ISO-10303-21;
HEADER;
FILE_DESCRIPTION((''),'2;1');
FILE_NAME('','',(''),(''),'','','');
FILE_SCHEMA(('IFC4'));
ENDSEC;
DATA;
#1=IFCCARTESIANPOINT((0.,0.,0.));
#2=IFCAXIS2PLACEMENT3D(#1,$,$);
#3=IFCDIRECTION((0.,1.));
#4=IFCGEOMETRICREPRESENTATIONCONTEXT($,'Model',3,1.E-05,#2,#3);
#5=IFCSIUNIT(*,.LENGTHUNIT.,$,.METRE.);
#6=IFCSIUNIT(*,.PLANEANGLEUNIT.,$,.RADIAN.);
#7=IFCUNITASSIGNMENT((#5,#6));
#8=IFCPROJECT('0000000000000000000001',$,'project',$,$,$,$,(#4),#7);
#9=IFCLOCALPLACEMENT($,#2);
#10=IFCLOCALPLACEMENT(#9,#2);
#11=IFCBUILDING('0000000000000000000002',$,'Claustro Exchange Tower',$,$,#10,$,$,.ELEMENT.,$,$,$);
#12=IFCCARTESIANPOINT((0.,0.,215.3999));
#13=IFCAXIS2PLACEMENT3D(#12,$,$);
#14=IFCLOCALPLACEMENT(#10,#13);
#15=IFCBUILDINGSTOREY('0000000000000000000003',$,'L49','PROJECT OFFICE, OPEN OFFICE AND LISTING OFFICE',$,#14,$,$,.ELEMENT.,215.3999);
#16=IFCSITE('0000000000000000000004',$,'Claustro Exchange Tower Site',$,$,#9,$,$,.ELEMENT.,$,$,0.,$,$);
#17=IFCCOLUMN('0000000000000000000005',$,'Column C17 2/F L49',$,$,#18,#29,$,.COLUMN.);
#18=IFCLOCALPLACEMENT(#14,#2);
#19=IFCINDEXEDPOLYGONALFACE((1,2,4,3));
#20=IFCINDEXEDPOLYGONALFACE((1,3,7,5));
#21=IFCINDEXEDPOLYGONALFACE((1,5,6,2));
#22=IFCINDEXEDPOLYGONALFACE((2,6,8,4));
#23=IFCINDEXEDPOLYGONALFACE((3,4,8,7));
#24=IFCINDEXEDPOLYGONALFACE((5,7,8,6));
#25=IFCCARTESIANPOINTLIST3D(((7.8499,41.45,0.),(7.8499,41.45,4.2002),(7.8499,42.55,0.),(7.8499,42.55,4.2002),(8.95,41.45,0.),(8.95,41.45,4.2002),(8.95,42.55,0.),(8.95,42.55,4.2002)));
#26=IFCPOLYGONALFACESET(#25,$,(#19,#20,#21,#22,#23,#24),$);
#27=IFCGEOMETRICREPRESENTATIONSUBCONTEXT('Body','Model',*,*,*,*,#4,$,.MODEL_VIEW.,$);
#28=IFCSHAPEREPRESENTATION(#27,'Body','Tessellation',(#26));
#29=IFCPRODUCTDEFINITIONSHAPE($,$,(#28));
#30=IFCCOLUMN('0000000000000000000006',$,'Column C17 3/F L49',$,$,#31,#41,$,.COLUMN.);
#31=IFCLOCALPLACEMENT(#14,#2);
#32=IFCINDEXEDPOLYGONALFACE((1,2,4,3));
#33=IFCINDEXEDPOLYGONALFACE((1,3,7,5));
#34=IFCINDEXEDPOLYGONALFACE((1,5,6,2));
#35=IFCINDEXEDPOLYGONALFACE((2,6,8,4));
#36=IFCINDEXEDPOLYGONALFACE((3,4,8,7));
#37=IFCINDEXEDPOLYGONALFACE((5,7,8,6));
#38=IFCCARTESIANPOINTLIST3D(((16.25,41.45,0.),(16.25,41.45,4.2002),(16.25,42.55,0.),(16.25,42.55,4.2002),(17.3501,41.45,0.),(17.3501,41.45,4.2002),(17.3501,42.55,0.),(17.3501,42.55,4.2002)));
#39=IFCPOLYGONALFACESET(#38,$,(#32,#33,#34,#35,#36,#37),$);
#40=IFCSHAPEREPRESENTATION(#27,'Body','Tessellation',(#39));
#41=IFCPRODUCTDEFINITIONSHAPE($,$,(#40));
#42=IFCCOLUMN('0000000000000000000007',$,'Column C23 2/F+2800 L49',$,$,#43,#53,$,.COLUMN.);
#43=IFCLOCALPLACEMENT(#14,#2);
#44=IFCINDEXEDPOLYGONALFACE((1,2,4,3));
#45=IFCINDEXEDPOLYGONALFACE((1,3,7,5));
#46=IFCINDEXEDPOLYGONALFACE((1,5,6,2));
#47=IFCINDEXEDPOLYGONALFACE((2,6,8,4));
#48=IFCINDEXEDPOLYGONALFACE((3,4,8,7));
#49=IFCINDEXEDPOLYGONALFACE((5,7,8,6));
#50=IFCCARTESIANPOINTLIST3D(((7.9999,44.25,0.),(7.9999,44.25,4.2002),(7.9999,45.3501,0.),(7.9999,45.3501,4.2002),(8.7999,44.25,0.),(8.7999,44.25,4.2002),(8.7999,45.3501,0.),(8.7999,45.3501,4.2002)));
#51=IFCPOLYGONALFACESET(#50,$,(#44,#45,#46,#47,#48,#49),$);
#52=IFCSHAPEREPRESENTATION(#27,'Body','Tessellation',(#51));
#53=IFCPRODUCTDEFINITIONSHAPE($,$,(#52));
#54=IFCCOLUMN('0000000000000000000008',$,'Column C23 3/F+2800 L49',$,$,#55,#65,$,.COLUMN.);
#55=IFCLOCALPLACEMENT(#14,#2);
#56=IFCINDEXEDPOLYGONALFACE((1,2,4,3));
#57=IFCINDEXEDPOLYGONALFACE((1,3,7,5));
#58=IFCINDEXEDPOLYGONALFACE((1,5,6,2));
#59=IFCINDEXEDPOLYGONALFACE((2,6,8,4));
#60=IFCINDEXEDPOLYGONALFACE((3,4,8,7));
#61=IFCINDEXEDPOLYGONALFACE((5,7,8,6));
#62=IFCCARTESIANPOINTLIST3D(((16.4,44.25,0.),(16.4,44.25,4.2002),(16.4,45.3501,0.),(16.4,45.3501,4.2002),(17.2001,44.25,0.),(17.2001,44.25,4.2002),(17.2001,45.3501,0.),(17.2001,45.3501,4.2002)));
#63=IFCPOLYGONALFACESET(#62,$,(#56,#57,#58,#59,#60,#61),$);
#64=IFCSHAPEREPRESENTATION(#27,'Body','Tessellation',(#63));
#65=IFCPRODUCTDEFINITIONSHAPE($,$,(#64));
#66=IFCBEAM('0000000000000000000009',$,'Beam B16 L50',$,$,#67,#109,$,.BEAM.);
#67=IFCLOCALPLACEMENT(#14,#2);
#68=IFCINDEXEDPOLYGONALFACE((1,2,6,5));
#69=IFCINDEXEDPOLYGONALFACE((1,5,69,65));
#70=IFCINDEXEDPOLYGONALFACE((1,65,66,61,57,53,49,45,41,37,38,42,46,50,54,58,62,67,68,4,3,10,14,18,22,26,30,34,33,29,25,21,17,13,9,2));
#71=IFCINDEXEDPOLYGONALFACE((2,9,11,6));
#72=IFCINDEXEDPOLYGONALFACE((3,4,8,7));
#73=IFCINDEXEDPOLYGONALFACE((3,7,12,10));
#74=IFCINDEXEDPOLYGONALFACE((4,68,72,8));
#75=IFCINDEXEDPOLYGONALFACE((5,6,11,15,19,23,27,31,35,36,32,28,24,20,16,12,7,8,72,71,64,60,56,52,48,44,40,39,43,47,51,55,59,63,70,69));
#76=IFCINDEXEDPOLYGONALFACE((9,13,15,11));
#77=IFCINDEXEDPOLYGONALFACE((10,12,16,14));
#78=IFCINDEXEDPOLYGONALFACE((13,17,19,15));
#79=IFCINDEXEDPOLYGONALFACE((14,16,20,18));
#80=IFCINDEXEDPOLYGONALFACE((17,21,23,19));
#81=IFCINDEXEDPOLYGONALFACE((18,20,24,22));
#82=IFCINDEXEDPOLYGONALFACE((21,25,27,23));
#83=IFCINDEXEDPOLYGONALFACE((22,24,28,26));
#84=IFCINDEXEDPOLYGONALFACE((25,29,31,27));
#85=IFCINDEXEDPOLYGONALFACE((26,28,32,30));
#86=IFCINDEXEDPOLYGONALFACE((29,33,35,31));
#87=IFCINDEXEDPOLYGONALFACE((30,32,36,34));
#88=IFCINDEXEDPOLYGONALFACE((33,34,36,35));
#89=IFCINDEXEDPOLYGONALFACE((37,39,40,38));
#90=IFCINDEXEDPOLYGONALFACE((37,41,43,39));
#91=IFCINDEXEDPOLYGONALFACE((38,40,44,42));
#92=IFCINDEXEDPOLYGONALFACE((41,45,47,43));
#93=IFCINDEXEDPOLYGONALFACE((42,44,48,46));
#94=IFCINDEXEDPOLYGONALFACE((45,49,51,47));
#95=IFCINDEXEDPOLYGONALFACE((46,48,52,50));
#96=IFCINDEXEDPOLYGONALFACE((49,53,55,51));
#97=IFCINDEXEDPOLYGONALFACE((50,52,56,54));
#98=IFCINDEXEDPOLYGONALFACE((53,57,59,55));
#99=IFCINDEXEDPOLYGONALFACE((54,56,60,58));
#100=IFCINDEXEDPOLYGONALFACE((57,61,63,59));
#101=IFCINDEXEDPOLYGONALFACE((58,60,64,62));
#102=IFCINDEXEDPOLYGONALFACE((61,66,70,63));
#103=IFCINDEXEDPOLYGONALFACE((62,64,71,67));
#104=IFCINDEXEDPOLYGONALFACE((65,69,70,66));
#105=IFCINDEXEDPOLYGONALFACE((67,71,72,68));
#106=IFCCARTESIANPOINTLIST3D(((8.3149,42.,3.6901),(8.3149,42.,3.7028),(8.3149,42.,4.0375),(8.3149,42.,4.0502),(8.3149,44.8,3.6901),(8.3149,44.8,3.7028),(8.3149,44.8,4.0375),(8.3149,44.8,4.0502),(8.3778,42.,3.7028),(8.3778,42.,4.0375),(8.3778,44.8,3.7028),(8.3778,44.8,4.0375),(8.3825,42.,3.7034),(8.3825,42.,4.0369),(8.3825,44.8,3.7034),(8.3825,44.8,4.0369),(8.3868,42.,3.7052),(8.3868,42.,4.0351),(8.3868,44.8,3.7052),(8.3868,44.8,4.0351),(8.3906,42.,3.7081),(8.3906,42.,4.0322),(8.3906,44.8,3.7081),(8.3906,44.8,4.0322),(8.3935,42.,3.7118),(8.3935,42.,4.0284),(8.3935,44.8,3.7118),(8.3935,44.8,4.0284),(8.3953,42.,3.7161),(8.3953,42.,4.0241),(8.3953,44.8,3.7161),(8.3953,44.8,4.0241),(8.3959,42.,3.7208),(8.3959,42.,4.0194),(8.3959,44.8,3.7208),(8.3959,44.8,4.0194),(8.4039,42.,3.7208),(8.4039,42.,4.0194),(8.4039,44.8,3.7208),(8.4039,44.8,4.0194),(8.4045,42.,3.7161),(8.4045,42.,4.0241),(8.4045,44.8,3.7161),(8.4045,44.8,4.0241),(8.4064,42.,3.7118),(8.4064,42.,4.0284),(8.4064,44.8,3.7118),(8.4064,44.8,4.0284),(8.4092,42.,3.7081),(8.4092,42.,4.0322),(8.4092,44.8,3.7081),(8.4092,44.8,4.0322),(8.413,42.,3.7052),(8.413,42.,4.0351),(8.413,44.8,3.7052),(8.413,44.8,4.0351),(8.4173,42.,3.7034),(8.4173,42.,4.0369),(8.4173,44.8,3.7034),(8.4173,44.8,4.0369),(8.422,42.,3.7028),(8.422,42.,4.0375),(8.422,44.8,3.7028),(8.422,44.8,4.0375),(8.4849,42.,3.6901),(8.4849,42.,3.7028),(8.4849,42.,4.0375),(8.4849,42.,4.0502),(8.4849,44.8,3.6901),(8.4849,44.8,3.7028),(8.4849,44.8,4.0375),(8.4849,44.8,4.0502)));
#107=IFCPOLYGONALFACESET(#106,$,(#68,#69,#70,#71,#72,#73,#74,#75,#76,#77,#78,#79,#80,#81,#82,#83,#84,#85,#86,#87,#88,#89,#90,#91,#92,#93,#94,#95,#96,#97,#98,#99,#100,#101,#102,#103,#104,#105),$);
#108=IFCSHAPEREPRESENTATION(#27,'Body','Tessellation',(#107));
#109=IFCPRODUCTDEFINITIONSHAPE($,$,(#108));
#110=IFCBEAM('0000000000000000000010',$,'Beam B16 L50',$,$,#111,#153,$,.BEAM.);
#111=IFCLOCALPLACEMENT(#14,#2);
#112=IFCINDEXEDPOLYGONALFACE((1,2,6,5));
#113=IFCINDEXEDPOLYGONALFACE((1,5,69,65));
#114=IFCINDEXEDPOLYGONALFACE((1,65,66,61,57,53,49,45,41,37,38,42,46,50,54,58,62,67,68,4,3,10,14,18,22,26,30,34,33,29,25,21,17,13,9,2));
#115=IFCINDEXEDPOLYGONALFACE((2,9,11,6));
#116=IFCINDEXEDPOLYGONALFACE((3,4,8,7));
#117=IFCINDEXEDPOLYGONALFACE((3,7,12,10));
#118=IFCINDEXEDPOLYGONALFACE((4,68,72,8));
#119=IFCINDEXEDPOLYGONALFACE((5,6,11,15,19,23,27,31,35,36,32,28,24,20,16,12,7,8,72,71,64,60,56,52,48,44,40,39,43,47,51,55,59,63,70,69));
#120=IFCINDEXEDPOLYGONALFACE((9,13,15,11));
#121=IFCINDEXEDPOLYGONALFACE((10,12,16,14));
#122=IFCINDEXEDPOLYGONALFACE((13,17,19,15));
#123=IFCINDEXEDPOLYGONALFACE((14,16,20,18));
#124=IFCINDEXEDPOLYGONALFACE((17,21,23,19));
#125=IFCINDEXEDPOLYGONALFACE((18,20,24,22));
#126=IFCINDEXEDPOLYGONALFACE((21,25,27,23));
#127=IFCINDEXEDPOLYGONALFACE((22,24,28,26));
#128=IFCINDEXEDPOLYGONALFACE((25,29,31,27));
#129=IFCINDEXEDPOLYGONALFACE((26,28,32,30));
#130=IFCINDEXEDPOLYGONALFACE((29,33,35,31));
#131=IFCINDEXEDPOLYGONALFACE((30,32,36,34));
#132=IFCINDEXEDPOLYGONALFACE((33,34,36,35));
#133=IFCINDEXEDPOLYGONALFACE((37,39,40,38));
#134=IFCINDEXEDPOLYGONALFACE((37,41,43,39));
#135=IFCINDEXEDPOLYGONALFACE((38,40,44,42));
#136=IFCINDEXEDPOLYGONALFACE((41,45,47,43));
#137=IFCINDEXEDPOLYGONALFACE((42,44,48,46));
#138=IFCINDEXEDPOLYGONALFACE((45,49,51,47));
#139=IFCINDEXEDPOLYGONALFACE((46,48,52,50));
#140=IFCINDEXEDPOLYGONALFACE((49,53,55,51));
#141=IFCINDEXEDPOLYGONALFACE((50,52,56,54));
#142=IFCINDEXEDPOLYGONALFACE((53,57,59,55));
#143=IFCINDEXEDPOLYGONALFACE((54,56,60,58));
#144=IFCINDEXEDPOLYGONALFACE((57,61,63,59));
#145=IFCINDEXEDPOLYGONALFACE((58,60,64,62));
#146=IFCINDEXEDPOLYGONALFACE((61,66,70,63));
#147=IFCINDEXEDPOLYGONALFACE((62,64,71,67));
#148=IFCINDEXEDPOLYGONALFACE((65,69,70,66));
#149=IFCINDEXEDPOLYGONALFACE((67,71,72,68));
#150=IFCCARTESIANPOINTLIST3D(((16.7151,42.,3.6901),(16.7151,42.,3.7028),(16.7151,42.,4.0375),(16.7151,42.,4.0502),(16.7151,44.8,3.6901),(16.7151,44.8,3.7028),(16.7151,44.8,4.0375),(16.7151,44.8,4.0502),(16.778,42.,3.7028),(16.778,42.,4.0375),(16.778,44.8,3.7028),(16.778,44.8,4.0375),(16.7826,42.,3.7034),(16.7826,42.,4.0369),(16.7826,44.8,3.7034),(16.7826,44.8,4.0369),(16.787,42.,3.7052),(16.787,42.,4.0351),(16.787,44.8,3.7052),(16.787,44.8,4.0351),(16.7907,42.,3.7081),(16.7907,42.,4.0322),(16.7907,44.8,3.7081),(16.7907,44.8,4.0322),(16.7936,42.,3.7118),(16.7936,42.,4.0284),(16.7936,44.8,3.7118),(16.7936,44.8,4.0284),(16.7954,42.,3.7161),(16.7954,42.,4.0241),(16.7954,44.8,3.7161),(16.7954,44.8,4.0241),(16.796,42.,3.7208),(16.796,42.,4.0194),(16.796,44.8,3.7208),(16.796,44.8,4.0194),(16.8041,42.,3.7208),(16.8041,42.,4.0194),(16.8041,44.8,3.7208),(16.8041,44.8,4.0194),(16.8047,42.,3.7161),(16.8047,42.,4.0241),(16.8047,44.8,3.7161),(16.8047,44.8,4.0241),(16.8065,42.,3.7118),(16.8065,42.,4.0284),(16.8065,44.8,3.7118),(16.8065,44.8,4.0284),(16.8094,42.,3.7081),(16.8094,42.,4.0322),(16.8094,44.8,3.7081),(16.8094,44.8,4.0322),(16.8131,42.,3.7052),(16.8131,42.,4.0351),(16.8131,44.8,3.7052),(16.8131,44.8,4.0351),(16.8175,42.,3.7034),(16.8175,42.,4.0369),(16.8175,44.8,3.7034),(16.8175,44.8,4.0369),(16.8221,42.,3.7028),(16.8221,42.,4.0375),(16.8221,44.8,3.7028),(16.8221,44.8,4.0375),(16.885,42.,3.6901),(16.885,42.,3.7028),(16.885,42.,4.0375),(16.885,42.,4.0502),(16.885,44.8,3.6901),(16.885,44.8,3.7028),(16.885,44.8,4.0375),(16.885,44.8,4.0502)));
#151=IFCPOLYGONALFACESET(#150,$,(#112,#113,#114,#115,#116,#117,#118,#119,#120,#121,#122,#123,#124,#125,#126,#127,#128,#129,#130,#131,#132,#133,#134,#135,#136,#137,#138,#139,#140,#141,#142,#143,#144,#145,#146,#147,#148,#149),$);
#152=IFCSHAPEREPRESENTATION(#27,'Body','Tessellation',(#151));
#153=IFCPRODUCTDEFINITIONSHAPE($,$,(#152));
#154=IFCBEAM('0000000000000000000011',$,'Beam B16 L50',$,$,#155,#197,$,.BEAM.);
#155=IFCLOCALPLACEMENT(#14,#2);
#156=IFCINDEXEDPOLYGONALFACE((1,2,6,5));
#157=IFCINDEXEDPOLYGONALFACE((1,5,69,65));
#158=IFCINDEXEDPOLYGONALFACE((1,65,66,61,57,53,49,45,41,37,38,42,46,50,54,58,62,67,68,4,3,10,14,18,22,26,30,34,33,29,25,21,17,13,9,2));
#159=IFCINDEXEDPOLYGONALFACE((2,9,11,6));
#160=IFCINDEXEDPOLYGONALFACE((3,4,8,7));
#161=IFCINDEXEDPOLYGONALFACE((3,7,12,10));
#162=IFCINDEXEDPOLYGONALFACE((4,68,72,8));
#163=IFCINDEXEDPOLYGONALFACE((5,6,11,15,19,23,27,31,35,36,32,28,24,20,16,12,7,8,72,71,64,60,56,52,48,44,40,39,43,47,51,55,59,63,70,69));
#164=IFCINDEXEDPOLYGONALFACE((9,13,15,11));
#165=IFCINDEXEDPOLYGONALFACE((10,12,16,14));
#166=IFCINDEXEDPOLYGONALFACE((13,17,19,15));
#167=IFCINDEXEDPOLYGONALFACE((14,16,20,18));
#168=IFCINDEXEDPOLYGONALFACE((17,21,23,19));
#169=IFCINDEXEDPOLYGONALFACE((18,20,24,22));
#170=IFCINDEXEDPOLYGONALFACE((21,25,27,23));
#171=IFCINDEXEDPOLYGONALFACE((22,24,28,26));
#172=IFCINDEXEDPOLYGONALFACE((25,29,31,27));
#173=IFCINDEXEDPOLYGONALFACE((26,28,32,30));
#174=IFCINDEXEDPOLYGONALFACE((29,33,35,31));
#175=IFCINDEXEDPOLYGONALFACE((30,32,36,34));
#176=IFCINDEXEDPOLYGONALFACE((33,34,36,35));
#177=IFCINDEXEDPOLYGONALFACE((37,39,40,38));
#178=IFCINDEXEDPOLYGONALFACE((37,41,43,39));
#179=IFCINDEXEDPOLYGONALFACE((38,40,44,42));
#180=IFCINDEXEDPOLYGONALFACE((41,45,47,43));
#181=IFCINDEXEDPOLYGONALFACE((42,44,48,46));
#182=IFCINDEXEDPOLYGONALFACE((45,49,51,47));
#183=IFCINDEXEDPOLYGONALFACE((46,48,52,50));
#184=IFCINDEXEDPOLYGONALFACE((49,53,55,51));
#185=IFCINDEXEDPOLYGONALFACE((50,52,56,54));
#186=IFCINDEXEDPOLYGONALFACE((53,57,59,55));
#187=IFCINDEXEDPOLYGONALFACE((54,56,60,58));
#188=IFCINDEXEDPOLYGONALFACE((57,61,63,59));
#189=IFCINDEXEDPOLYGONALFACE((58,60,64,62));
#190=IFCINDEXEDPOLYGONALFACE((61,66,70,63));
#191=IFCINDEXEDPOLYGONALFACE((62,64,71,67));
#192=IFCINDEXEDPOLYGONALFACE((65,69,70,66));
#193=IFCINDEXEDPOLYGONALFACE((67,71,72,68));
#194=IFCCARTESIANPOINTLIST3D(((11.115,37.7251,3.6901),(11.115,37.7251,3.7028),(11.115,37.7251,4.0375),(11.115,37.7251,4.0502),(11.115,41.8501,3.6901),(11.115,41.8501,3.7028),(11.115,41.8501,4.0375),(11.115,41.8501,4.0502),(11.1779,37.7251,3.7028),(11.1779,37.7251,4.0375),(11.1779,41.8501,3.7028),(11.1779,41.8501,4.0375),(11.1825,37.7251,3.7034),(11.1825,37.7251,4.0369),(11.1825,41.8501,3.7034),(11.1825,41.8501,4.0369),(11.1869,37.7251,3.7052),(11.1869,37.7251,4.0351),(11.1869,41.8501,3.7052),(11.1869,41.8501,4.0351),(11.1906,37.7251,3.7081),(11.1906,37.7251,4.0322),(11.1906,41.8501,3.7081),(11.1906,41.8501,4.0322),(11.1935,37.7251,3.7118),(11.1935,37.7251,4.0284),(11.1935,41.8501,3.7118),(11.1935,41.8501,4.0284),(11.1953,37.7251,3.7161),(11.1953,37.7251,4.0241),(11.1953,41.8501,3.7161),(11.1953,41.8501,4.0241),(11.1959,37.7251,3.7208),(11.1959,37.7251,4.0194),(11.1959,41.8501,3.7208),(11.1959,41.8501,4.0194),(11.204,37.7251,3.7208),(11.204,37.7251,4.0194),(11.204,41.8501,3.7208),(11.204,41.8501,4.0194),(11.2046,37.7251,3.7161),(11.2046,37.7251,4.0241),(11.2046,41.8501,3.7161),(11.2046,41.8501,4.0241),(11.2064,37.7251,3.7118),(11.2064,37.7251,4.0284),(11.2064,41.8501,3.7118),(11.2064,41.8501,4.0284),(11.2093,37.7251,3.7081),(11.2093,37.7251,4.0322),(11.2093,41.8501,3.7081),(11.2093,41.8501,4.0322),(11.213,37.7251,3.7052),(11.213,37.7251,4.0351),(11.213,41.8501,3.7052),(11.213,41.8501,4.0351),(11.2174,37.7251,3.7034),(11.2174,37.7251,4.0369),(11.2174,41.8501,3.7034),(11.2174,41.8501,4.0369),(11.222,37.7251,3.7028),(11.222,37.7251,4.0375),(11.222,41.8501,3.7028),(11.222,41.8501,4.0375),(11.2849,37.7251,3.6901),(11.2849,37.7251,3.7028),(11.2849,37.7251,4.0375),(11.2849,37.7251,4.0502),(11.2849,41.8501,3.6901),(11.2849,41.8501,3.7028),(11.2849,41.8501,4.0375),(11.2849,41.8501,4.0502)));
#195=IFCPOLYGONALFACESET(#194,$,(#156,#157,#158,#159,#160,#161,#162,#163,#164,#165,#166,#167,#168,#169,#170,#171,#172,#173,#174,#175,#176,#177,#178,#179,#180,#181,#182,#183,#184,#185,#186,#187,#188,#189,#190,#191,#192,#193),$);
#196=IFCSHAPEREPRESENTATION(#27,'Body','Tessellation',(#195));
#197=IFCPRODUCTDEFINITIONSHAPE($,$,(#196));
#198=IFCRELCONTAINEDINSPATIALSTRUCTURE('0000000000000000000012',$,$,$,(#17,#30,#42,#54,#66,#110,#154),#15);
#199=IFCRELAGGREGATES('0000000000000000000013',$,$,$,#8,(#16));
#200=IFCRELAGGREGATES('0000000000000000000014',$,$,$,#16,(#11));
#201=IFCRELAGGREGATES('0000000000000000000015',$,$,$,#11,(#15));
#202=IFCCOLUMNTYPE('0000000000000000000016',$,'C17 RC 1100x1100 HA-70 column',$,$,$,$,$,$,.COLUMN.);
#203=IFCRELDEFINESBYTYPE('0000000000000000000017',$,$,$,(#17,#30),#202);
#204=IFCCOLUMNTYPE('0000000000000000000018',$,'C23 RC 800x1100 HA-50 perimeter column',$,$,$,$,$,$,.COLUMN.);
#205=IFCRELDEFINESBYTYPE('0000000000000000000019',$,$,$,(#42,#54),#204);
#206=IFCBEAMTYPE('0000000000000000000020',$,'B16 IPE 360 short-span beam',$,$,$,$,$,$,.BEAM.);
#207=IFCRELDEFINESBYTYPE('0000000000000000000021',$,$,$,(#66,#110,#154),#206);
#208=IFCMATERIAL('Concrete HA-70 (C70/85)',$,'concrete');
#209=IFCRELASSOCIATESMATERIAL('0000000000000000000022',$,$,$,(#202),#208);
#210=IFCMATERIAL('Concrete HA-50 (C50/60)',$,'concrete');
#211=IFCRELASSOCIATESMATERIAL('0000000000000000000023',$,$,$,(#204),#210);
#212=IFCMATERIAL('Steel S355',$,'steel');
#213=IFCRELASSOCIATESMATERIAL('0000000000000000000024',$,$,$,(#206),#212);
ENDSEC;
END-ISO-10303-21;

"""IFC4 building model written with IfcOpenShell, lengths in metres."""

from ifc_helpers import new_model, si_unit, direction, frame, origin, origin_2d, place, context, subcontext, project, spatial, rectangle, i_section, extrude, material, material_profile, profile_set, type_object, element, save


model = new_model("IFC4")

# Units and contexts
model_context = context("Model", 3, precision=1e-05, world=origin(), true_north=direction((0.0, 1.0)))
body_context = subcontext(model_context, "Body", "Model", "MODEL_VIEW")
ifc_project = project(units=[si_unit("LENGTHUNIT", "METRE"), si_unit("PLANEANGLEUNIT", "RADIAN")], contexts=[model_context])

# Site, building, storey
site_placement = place(None, origin())
site = spatial("IfcSite", under=ifc_project, at=site_placement, Name="Claustro Exchange Tower Site", CompositionType="ELEMENT", RefElevation=0.0)
building_placement = place(site_placement, origin())
building = spatial("IfcBuilding", under=site, at=building_placement, Name="Claustro Exchange Tower", CompositionType="ELEMENT")
storey_placement = place(building_placement, frame((0.0, 0.0, 215.3999)))
storey = spatial("IfcBuildingStorey", under=building, at=storey_placement, Name="L49", Description="PROJECT OFFICE, OPEN OFFICE AND LISTING OFFICE", CompositionType="ELEMENT", Elevation=215.3999)

# Columns
ifc_material_1 = material(Name="Concrete HA-70 (C70/85)", Category="concrete")
ifc_material_profile_1 = material_profile(ifc_material_1, rectangle(XDim=1.1001, YDim=1.1001, at=origin_2d()), Name="RC 1100x1100")
ifc_profile_set_1 = profile_set([ifc_material_profile_1], Name="Concrete HA-70 (C70/85)")
column_type_1 = type_object("IfcColumnType", Name="C17 RC 1100x1100 HA-70 column", PredefinedType="COLUMN", material=ifc_profile_set_1)
for number, where, z_axis, x_axis, name in (
    (1, (8.3999, 42.0, 0.0), (0.0, 0.0, 1.0), (1.0, 0.0, 0.0), "Column C17 2/F L49"),
    (2, (16.8, 42.0, 0.0), (0.0, 0.0, 1.0), (1.0, 0.0, 0.0), "Column C17 3/F L49"),
):
    element("IfcColumn", number, at=place(storey_placement, frame(where, z_axis=z_axis, x_axis=x_axis)), inside=storey, type_object=column_type_1, Name=name, PredefinedType="COLUMN", context=body_context, shape_type="SweptSolid", body=[
        extrude(rectangle(XDim=1.1001, YDim=1.1001, at=origin_2d()), origin(), (0.0, 0.0, 1.0), 4.2002),
    ])
ifc_material_2 = material(Name="Concrete HA-50 (C50/60)", Category="concrete")
ifc_material_profile_2 = material_profile(ifc_material_2, rectangle(XDim=0.8, YDim=1.1001, at=origin_2d()), Name="RC 800x1100")
ifc_profile_set_2 = profile_set([ifc_material_profile_2], Name="Concrete HA-50 (C50/60)")
column_type_2 = type_object("IfcColumnType", Name="C23 RC 800x1100 HA-50 perimeter column", PredefinedType="COLUMN", material=ifc_profile_set_2)
for number, where, z_axis, x_axis, name in (
    (3, (8.3999, 44.8, 0.0), (0.0, 0.0, 1.0), (1.0, 0.0, 0.0), "Column C23 2/F+2800 L49"),
    (4, (16.8, 44.8, 0.0), (0.0, 0.0, 1.0), (1.0, 0.0, 0.0), "Column C23 3/F+2800 L49"),
):
    element("IfcColumn", number, at=place(storey_placement, frame(where, z_axis=z_axis, x_axis=x_axis)), inside=storey, type_object=column_type_2, Name=name, PredefinedType="COLUMN", context=body_context, shape_type="SweptSolid", body=[
        extrude(rectangle(XDim=0.8, YDim=1.1001, at=origin_2d()), origin(), (0.0, 0.0, 1.0), 4.2002),
    ])

# Beams
ifc_material_3 = material(Name="Steel S355", Category="steel")
ifc_material_profile_3 = material_profile(ifc_material_3, i_section(OverallWidth=0.1699, OverallDepth=0.3601, WebThickness=0.0081, FlangeThickness=0.0127, FilletRadius=0.0181, at=origin_2d()), Name="IPE 360")
ifc_profile_set_3 = profile_set([ifc_material_profile_3], Name="Steel S355")
beam_type_1 = type_object("IfcBeamType", Name="B16 IPE 360 short-span beam", PredefinedType="BEAM", material=ifc_profile_set_3)
for number, where, z_axis, x_axis, name in (
    (5, (8.3999, 42.0, 3.8701), (0.0, 1.0, 0.0), (-1.0, 0.0, 0.0), "Beam B16 L50"),
    (6, (16.8, 42.0, 3.8701), (0.0, 1.0, 0.0), (-1.0, 0.0, 0.0), "Beam B16 L50"),
):
    element("IfcBeam", number, at=place(storey_placement, frame(where, z_axis=z_axis, x_axis=x_axis)), inside=storey, type_object=beam_type_1, Name=name, PredefinedType="BEAM", context=body_context, shape_type="SweptSolid", body=[
        extrude(i_section(OverallWidth=0.1699, OverallDepth=0.3601, WebThickness=0.0081, FlangeThickness=0.0127, FilletRadius=0.0181, at=origin_2d()), origin(), (0.0, 0.0, 1.0), 2.8),
    ])
for number, where, z_axis, x_axis, name in (
    (7, (11.2, 37.7251, 3.8701), (0.0, 1.0, 0.0), (-1.0, 0.0, 0.0), "Beam B16 L50"),
):
    element("IfcBeam", number, at=place(storey_placement, frame(where, z_axis=z_axis, x_axis=x_axis)), inside=storey, type_object=beam_type_1, Name=name, PredefinedType="BEAM", context=body_context, shape_type="SweptSolid", body=[
        extrude(i_section(OverallWidth=0.1699, OverallDepth=0.3601, WebThickness=0.0081, FlangeThickness=0.0127, FilletRadius=0.0181, at=origin_2d()), origin(), (0.0, 0.0, 1.0), 4.125),
    ])

save(model, "model.ifc")
